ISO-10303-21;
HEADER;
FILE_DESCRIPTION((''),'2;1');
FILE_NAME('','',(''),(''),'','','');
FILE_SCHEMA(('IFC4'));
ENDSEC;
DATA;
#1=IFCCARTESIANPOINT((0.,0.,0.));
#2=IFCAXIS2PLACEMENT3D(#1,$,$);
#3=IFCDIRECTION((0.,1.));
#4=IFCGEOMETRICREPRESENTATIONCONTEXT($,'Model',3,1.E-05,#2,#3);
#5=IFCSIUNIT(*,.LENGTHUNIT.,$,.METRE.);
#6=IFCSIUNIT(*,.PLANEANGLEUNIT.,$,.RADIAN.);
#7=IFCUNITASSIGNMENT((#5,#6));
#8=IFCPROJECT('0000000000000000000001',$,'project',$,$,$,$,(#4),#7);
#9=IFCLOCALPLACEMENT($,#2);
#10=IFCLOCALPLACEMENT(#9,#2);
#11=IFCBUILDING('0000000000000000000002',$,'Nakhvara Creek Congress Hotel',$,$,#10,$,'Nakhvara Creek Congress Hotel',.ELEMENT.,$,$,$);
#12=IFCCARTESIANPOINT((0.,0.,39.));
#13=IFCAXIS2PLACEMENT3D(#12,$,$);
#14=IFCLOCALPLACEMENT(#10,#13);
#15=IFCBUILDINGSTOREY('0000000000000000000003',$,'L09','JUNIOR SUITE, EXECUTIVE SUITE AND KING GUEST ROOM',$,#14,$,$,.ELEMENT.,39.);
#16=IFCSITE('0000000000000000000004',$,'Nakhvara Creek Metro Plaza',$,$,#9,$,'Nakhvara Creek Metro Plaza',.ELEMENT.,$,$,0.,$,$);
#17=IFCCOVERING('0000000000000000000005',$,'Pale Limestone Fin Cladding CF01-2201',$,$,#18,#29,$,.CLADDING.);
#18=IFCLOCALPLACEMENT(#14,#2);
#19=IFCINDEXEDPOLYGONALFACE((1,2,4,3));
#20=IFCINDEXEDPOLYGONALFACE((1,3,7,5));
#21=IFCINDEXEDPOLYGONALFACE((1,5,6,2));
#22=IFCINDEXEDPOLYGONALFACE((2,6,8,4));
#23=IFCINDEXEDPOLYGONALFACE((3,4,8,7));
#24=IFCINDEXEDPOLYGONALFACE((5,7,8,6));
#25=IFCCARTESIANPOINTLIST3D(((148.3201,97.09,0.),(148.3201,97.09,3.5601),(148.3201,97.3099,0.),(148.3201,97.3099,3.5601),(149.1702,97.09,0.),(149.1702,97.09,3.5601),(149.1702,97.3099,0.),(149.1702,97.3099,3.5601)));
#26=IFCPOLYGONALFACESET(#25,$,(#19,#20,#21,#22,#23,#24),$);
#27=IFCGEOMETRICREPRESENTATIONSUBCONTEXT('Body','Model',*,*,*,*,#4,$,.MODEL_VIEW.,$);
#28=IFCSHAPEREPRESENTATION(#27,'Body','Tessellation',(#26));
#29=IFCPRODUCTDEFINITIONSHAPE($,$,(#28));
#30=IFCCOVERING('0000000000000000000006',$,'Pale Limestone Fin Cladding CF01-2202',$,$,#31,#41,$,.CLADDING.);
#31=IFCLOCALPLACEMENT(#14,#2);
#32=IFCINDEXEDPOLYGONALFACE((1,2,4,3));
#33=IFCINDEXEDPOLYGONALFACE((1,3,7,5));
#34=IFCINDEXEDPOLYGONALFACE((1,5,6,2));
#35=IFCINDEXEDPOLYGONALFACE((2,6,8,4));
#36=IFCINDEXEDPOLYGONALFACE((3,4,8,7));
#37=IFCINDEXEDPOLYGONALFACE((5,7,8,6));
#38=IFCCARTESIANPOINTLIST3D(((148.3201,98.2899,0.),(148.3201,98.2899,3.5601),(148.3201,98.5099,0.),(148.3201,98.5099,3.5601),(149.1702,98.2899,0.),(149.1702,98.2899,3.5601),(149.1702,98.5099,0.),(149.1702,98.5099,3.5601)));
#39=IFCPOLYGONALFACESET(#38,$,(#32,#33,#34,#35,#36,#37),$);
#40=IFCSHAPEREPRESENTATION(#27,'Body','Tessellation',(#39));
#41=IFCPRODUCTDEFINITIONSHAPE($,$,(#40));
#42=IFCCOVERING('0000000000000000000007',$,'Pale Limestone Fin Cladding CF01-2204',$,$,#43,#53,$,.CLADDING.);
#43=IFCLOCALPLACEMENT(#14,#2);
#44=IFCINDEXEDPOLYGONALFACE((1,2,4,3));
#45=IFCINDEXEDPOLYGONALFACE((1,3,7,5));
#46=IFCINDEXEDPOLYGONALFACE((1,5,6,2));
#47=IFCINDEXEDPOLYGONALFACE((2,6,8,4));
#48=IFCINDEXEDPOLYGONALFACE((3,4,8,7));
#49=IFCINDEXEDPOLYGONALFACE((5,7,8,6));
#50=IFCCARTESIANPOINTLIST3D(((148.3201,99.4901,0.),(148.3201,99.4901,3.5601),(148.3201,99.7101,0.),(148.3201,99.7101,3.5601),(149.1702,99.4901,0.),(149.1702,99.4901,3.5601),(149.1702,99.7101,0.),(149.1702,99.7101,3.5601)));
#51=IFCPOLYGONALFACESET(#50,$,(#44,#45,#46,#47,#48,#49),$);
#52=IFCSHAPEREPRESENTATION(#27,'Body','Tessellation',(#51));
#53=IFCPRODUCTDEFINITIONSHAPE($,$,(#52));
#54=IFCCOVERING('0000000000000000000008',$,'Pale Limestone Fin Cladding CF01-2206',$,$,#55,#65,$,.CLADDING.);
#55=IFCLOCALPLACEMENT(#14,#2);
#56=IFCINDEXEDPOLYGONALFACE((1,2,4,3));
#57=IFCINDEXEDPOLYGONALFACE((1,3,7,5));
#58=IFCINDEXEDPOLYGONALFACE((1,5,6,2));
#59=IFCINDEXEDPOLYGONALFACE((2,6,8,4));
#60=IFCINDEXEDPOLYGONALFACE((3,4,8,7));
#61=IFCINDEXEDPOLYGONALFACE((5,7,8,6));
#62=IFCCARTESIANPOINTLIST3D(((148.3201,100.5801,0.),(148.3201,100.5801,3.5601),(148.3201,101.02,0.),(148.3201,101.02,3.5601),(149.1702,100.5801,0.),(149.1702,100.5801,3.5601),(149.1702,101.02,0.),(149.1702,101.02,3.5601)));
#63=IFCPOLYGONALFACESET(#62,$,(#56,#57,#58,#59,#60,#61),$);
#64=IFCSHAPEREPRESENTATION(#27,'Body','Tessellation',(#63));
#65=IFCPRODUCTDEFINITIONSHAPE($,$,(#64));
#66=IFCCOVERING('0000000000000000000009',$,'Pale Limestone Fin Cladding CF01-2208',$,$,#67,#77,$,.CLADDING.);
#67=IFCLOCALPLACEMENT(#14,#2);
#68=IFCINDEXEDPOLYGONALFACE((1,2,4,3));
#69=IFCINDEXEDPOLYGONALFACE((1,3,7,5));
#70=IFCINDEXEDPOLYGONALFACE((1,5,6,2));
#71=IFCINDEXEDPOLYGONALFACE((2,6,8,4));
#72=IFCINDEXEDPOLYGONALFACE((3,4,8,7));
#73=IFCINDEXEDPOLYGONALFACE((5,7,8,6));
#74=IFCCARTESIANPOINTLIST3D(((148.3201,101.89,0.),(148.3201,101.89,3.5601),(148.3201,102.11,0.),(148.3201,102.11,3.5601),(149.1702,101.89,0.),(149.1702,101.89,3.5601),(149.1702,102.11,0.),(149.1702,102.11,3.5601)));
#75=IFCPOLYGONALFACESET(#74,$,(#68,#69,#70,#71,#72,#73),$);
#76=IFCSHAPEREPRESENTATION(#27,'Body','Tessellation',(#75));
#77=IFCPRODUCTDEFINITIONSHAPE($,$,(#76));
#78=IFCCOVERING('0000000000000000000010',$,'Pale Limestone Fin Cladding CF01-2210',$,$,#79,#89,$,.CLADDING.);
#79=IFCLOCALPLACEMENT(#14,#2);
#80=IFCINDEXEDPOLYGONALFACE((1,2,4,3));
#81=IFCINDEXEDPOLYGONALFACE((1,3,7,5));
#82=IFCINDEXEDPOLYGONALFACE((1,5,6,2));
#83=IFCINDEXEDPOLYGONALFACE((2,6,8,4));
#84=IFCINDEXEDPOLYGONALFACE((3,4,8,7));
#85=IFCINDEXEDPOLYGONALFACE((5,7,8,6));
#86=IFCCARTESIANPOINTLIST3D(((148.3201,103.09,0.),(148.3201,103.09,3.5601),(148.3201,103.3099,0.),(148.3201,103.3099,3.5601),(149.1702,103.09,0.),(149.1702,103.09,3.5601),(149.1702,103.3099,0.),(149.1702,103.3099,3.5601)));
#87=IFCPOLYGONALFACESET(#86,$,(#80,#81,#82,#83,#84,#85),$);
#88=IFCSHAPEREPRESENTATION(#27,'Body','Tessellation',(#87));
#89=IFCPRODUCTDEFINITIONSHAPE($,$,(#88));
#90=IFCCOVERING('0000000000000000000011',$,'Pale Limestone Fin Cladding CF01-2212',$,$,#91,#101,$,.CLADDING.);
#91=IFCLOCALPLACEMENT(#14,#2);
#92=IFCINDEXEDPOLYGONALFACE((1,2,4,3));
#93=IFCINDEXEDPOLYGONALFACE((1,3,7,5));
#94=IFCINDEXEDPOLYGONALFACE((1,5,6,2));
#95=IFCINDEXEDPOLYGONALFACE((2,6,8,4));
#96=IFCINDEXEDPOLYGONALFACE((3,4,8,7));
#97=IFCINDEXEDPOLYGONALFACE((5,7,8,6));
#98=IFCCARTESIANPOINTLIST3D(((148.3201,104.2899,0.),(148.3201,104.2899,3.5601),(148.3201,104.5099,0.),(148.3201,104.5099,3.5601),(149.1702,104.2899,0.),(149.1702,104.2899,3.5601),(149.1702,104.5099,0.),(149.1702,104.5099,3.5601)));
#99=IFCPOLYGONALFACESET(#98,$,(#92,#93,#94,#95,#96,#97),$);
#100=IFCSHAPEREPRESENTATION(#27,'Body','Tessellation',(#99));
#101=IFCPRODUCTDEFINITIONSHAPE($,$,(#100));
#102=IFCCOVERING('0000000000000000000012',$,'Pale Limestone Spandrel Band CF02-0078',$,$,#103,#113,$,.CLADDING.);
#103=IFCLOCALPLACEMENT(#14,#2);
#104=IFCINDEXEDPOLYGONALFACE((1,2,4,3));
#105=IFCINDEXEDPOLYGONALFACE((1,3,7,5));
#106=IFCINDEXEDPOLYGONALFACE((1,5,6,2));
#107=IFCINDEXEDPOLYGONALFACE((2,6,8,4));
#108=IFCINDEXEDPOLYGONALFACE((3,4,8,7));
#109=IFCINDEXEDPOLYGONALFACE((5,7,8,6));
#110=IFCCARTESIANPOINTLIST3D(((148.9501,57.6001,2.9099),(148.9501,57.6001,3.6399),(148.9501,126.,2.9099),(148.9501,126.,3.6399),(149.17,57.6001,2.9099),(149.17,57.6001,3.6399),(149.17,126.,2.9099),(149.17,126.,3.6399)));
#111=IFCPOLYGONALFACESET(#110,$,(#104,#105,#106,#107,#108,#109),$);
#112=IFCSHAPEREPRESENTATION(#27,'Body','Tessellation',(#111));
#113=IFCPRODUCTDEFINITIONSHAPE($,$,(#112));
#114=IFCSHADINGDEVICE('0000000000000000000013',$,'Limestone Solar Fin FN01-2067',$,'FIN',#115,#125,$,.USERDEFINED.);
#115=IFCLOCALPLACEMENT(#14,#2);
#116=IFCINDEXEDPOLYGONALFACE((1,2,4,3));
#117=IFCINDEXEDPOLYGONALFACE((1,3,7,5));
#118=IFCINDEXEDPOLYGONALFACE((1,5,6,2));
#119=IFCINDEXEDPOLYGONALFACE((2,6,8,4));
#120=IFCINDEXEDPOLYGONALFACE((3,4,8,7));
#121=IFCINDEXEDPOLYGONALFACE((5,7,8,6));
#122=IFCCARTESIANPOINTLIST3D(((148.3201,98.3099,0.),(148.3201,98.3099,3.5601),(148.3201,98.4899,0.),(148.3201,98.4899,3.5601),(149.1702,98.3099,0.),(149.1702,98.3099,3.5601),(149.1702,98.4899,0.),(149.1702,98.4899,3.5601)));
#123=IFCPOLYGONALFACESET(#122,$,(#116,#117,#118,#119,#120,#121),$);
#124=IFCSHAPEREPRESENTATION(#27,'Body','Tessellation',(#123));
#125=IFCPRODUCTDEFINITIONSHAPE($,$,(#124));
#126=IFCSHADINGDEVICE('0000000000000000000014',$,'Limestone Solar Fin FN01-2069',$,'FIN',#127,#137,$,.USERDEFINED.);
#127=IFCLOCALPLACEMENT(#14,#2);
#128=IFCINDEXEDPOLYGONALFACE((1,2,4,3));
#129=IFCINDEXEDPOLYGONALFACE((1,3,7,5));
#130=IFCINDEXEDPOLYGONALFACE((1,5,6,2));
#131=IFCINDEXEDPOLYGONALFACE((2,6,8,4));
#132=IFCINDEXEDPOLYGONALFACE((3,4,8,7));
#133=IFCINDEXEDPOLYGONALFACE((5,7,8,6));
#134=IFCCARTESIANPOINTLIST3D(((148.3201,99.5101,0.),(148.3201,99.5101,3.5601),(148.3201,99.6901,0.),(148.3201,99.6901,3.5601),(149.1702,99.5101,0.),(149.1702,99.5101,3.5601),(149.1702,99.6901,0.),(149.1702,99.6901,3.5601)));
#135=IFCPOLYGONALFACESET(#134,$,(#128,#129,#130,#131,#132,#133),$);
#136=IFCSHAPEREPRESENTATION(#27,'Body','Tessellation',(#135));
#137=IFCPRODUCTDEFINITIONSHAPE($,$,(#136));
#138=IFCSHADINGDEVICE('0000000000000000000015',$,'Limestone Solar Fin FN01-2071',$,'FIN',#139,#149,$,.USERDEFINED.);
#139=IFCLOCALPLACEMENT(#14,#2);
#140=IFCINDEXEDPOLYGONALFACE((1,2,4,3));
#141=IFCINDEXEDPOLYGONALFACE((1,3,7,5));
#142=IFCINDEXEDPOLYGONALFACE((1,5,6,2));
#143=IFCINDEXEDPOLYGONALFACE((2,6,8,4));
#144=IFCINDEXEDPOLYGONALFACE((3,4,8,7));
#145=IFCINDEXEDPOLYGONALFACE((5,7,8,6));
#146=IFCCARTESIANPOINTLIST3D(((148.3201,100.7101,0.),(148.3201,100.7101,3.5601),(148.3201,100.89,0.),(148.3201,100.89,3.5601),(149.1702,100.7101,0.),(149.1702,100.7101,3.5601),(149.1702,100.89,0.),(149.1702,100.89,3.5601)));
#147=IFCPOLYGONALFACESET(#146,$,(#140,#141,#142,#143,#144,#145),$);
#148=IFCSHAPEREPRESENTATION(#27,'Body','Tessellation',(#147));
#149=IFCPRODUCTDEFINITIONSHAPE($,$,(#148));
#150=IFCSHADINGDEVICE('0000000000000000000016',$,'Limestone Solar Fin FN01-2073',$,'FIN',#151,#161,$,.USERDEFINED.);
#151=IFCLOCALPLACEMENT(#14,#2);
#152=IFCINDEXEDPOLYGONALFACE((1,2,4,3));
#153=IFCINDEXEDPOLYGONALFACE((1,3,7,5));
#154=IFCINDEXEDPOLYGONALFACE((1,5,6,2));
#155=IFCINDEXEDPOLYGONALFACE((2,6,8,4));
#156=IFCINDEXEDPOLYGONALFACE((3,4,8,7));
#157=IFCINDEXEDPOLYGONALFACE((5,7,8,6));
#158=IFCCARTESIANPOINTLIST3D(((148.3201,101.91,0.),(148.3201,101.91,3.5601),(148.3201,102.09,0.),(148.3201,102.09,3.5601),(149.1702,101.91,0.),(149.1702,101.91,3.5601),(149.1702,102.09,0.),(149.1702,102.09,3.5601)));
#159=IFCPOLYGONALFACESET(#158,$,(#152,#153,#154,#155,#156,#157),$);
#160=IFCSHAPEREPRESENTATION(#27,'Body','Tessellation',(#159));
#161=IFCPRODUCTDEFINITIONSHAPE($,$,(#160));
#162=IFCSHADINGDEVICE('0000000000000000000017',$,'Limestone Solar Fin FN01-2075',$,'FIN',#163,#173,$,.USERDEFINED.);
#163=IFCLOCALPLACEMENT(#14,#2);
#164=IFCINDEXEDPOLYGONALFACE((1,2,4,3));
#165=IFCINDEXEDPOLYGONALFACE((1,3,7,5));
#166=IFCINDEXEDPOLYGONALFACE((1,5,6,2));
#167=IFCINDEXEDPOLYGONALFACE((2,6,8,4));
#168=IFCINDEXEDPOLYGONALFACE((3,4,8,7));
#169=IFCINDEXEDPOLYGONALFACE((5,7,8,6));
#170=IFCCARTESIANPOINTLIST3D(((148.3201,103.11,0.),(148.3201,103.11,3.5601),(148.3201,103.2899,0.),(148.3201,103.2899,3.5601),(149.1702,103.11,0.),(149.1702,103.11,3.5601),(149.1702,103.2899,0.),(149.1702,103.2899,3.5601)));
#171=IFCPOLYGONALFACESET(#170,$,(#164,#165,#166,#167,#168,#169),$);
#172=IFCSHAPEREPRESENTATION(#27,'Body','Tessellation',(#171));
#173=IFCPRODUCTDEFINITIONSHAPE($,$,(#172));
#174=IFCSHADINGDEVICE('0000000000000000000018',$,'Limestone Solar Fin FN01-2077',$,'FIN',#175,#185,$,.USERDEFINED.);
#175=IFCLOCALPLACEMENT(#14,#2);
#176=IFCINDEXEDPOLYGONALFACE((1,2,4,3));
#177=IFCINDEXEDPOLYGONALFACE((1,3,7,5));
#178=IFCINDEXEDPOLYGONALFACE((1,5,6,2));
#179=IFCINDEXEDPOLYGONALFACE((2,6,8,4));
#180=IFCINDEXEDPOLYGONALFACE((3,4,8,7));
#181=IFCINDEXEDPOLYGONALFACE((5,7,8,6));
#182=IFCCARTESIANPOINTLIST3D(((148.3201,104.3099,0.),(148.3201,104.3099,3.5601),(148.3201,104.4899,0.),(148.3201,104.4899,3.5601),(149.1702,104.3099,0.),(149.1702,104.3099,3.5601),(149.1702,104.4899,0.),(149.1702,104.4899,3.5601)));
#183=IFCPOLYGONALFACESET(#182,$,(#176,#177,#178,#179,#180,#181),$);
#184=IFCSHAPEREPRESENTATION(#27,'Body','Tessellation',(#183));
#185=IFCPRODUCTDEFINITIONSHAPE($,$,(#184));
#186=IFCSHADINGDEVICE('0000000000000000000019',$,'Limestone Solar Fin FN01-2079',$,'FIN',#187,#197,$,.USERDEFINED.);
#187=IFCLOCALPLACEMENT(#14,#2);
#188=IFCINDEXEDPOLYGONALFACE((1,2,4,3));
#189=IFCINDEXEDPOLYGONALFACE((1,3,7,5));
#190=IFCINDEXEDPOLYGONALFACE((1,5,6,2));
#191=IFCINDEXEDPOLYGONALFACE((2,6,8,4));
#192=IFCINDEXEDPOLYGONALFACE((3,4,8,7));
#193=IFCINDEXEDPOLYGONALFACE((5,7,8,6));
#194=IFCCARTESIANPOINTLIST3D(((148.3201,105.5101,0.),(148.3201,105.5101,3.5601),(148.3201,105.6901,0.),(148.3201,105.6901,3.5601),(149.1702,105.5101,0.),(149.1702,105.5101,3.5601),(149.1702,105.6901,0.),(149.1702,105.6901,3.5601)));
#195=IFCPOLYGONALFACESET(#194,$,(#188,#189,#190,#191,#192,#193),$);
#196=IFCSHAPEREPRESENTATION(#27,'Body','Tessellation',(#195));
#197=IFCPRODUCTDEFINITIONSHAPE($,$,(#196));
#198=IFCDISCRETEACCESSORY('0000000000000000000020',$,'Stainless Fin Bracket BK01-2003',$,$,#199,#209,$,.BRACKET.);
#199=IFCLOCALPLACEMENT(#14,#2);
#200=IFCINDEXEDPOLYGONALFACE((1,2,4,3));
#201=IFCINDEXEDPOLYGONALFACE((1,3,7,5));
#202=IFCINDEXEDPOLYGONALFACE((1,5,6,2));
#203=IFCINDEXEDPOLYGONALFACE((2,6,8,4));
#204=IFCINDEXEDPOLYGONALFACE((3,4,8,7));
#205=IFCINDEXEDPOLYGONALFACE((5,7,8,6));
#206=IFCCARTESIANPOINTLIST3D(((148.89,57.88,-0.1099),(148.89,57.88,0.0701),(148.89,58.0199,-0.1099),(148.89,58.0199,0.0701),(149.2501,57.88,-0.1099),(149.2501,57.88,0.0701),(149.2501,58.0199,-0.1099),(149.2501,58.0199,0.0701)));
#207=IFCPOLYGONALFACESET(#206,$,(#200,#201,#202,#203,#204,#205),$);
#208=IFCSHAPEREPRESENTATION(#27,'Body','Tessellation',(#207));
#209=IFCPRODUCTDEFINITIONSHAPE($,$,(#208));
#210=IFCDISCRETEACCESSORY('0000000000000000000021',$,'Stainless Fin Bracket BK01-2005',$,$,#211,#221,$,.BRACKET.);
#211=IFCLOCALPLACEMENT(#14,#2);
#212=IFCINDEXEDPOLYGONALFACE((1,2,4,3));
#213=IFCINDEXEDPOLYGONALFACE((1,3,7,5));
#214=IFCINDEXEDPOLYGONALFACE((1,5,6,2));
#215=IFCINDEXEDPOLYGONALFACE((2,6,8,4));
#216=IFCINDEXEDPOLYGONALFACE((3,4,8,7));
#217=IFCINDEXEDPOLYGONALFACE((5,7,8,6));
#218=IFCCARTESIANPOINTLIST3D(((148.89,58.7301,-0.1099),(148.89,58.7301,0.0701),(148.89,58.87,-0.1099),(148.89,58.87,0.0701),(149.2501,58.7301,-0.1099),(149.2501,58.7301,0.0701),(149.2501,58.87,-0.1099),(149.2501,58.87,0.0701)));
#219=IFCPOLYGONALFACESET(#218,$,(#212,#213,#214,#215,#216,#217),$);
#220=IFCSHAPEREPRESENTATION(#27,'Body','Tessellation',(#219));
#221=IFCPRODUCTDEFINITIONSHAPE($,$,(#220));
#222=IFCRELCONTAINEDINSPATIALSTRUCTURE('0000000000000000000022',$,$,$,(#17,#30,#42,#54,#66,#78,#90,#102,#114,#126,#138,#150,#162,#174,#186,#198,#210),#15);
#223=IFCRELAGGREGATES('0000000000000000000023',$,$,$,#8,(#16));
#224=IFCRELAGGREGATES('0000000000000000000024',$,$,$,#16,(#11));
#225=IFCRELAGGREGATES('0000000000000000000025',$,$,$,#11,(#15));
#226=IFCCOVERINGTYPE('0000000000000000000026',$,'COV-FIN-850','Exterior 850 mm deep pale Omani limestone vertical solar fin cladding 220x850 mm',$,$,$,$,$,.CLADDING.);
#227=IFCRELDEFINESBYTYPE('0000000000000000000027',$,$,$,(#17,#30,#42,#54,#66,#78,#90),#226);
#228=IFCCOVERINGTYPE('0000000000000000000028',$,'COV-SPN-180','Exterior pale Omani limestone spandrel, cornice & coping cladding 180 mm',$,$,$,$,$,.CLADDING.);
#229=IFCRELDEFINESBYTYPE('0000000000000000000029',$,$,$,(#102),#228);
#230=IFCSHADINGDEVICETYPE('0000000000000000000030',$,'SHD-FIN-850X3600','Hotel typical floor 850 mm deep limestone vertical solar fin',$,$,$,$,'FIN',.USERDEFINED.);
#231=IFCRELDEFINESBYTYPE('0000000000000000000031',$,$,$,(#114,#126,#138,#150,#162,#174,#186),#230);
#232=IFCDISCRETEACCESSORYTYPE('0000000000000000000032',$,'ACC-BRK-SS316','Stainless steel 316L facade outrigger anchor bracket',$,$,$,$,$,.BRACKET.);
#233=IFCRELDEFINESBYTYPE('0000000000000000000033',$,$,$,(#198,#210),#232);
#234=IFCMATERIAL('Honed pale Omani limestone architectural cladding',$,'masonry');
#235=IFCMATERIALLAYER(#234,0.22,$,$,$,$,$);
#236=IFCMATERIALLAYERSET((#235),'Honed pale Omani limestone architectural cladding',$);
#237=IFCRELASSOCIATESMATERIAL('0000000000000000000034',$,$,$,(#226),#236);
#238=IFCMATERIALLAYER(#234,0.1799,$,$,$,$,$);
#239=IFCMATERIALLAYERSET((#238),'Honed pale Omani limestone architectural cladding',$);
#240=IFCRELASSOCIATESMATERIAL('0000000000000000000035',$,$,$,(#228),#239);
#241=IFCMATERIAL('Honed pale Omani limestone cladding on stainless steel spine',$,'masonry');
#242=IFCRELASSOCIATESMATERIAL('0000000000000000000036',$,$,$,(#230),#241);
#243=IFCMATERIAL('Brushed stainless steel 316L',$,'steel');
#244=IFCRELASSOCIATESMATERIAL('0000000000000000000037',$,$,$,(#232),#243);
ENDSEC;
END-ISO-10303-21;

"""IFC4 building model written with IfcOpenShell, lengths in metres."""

from ifc_helpers import new_model, si_unit, direction, frame, origin, origin_2d, place, context, subcontext, project, spatial, rectangle, extrude, material, layer, layer_set, type_object, element, save


model = new_model("IFC4")

# Units and contexts
model_context = context("Model", 3, precision=1e-05, world=origin(), true_north=direction((0.0, 1.0)))
body_context = subcontext(model_context, "Body", "Model", "MODEL_VIEW")
ifc_project = project(units=[si_unit("LENGTHUNIT", "METRE"), si_unit("PLANEANGLEUNIT", "RADIAN")], contexts=[model_context])

# Site, building, storey
site_placement = place(None, origin())
site = spatial("IfcSite", under=ifc_project, at=site_placement, Name="Nakhvara Creek Metro Plaza", LongName="Nakhvara Creek Metro Plaza", CompositionType="ELEMENT", RefElevation=0.0)
building_placement = place(site_placement, origin())
building = spatial("IfcBuilding", under=site, at=building_placement, Name="Nakhvara Creek Congress Hotel", LongName="Nakhvara Creek Congress Hotel", CompositionType="ELEMENT")
storey_placement = place(building_placement, frame((0.0, 0.0, 39.0)))
storey = spatial("IfcBuildingStorey", under=building, at=storey_placement, Name="L09", Description="JUNIOR SUITE, EXECUTIVE SUITE AND KING GUEST ROOM", CompositionType="ELEMENT", Elevation=39.0)

# Coverings
ifc_material_1 = material(Name="Honed pale Omani limestone architectural cladding", Category="masonry")
ifc_layer_1 = layer(ifc_material_1, 0.22)
ifc_layer_set_1 = layer_set([ifc_layer_1], Name="Honed pale Omani limestone architectural cladding")
covering_type_1 = type_object("IfcCoveringType", Name="COV-FIN-850", Description="Exterior 850 mm deep pale Omani limestone vertical solar fin cladding 220x850 mm", PredefinedType="CLADDING", material=ifc_layer_set_1)
for number, where, z_axis, x_axis, name in (
    (1, (148.7451, 97.2, 0.0), (0.0, 0.0, 1.0), (0.0, 1.0, 0.0), "Pale Limestone Fin Cladding CF01-2201"),
    (2, (148.7451, 98.3999, 0.0), (0.0, 0.0, 1.0), (0.0, 1.0, 0.0), "Pale Limestone Fin Cladding CF01-2202"),
    (3, (148.7451, 99.6001, 0.0), (0.0, 0.0, 1.0), (0.0, 1.0, 0.0), "Pale Limestone Fin Cladding CF01-2204"),
):
    element("IfcCovering", number, at=place(storey_placement, frame(where, z_axis=z_axis, x_axis=x_axis)), inside=storey, type_object=covering_type_1, Name=name, PredefinedType="CLADDING", context=body_context, shape_type="SweptSolid", body=[
        extrude(rectangle(XDim=0.22, YDim=0.8501, at=origin_2d()), origin(), (0.0, 0.0, 1.0), 3.5601),
    ])
covering_1_placement = place(storey_placement, frame((148.7451, 100.8, 0.0), z_axis=(0.0, 0.0, 1.0), x_axis=(0.0, 1.0, 0.0)))
element("IfcCovering", 4, at=covering_1_placement, inside=storey, type_object=covering_type_1, Name="Pale Limestone Fin Cladding CF01-2206", PredefinedType="CLADDING", context=body_context, shape_type="SweptSolid", body=[
    extrude(rectangle(XDim=0.4399, YDim=0.8501, at=origin_2d()), origin(), (0.0, 0.0, 1.0), 3.5601),
])
for number, where, z_axis, x_axis, name in (
    (5, (148.7451, 102.0, 0.0), (0.0, 0.0, 1.0), (0.0, 1.0, 0.0), "Pale Limestone Fin Cladding CF01-2208"),
    (6, (148.7451, 103.2, 0.0), (0.0, 0.0, 1.0), (0.0, 1.0, 0.0), "Pale Limestone Fin Cladding CF01-2210"),
    (7, (148.7451, 104.3999, 0.0), (0.0, 0.0, 1.0), (0.0, 1.0, 0.0), "Pale Limestone Fin Cladding CF01-2212"),
):
    element("IfcCovering", number, at=place(storey_placement, frame(where, z_axis=z_axis, x_axis=x_axis)), inside=storey, type_object=covering_type_1, Name=name, PredefinedType="CLADDING", context=body_context, shape_type="SweptSolid", body=[
        extrude(rectangle(XDim=0.22, YDim=0.8501, at=origin_2d()), origin(), (0.0, 0.0, 1.0), 3.5601),
    ])
ifc_layer_2 = layer(ifc_material_1, 0.1799)
ifc_layer_set_2 = layer_set([ifc_layer_2], Name="Honed pale Omani limestone architectural cladding")
covering_type_2 = type_object("IfcCoveringType", Name="COV-SPN-180", Description="Exterior pale Omani limestone spandrel, cornice & coping cladding 180 mm", PredefinedType="CLADDING", material=ifc_layer_set_2)
covering_2_placement = place(storey_placement, frame((149.0601, 91.8, 2.9099), z_axis=(0.0, 0.0, 1.0), x_axis=(0.0, 1.0, 0.0)))
element("IfcCovering", 8, at=covering_2_placement, inside=storey, type_object=covering_type_2, Name="Pale Limestone Spandrel Band CF02-0078", PredefinedType="CLADDING", context=body_context, shape_type="SweptSolid", body=[
    extrude(rectangle(XDim=68.3999, YDim=0.22, at=origin_2d()), origin(), (0.0, 0.0, 1.0), 0.73),
])

# Shading devices
ifc_material_2 = material(Name="Honed pale Omani limestone cladding on stainless steel spine", Category="masonry")
shading_device_type = type_object("IfcShadingDeviceType", Name="SHD-FIN-850X3600", Description="Hotel typical floor 850 mm deep limestone vertical solar fin", ElementType="FIN", PredefinedType="USERDEFINED", material=ifc_material_2)
for number, where, z_axis, x_axis, name in (
    (9, (148.7451, 98.3999, 0.0), (0.0, 0.0, 1.0), (0.0, 1.0, 0.0), "Limestone Solar Fin FN01-2067"),
    (10, (148.7451, 99.6001, 0.0), (0.0, 0.0, 1.0), (0.0, 1.0, 0.0), "Limestone Solar Fin FN01-2069"),
    (11, (148.7451, 100.8, 0.0), (0.0, 0.0, 1.0), (0.0, 1.0, 0.0), "Limestone Solar Fin FN01-2071"),
    (12, (148.7451, 102.0, 0.0), (0.0, 0.0, 1.0), (0.0, 1.0, 0.0), "Limestone Solar Fin FN01-2073"),
    (13, (148.7451, 103.2, 0.0), (0.0, 0.0, 1.0), (0.0, 1.0, 0.0), "Limestone Solar Fin FN01-2075"),
    (14, (148.7451, 104.3999, 0.0), (0.0, 0.0, 1.0), (0.0, 1.0, 0.0), "Limestone Solar Fin FN01-2077"),
    (15, (148.7451, 105.6001, 0.0), (0.0, 0.0, 1.0), (0.0, 1.0, 0.0), "Limestone Solar Fin FN01-2079"),
):
    element("IfcShadingDevice", number, at=place(storey_placement, frame(where, z_axis=z_axis, x_axis=x_axis)), inside=storey, type_object=shading_device_type, Name=name, ObjectType="FIN", PredefinedType="USERDEFINED", context=body_context, shape_type="SweptSolid", body=[
        extrude(rectangle(XDim=0.1799, YDim=0.8501, at=origin_2d()), origin(), (0.0, 0.0, 1.0), 3.5601),
    ])

# Discrete accessories
ifc_material_3 = material(Name="Brushed stainless steel 316L", Category="steel")
discrete_accessory_type = type_object("IfcDiscreteAccessoryType", Name="ACC-BRK-SS316", Description="Stainless steel 316L facade outrigger anchor bracket", PredefinedType="BRACKET", material=ifc_material_3)
for number, where, z_axis, x_axis, name in (
    (16, (149.0701, 57.95, -0.1099), (0.0, 0.0, 1.0), (0.0, 1.0, 0.0), "Stainless Fin Bracket BK01-2003"),
    (17, (149.0701, 58.8, -0.1099), (0.0, 0.0, 1.0), (0.0, 1.0, 0.0), "Stainless Fin Bracket BK01-2005"),
):
    element("IfcDiscreteAccessory", number, at=place(storey_placement, frame(where, z_axis=z_axis, x_axis=x_axis)), inside=storey, type_object=discrete_accessory_type, Name=name, PredefinedType="BRACKET", context=body_context, shape_type="SweptSolid", body=[
        extrude(rectangle(XDim=0.1399, YDim=0.3601, at=origin_2d()), origin(), (0.0, 0.0, 1.0), 0.1799),
    ])

save(model, "model.ifc")
